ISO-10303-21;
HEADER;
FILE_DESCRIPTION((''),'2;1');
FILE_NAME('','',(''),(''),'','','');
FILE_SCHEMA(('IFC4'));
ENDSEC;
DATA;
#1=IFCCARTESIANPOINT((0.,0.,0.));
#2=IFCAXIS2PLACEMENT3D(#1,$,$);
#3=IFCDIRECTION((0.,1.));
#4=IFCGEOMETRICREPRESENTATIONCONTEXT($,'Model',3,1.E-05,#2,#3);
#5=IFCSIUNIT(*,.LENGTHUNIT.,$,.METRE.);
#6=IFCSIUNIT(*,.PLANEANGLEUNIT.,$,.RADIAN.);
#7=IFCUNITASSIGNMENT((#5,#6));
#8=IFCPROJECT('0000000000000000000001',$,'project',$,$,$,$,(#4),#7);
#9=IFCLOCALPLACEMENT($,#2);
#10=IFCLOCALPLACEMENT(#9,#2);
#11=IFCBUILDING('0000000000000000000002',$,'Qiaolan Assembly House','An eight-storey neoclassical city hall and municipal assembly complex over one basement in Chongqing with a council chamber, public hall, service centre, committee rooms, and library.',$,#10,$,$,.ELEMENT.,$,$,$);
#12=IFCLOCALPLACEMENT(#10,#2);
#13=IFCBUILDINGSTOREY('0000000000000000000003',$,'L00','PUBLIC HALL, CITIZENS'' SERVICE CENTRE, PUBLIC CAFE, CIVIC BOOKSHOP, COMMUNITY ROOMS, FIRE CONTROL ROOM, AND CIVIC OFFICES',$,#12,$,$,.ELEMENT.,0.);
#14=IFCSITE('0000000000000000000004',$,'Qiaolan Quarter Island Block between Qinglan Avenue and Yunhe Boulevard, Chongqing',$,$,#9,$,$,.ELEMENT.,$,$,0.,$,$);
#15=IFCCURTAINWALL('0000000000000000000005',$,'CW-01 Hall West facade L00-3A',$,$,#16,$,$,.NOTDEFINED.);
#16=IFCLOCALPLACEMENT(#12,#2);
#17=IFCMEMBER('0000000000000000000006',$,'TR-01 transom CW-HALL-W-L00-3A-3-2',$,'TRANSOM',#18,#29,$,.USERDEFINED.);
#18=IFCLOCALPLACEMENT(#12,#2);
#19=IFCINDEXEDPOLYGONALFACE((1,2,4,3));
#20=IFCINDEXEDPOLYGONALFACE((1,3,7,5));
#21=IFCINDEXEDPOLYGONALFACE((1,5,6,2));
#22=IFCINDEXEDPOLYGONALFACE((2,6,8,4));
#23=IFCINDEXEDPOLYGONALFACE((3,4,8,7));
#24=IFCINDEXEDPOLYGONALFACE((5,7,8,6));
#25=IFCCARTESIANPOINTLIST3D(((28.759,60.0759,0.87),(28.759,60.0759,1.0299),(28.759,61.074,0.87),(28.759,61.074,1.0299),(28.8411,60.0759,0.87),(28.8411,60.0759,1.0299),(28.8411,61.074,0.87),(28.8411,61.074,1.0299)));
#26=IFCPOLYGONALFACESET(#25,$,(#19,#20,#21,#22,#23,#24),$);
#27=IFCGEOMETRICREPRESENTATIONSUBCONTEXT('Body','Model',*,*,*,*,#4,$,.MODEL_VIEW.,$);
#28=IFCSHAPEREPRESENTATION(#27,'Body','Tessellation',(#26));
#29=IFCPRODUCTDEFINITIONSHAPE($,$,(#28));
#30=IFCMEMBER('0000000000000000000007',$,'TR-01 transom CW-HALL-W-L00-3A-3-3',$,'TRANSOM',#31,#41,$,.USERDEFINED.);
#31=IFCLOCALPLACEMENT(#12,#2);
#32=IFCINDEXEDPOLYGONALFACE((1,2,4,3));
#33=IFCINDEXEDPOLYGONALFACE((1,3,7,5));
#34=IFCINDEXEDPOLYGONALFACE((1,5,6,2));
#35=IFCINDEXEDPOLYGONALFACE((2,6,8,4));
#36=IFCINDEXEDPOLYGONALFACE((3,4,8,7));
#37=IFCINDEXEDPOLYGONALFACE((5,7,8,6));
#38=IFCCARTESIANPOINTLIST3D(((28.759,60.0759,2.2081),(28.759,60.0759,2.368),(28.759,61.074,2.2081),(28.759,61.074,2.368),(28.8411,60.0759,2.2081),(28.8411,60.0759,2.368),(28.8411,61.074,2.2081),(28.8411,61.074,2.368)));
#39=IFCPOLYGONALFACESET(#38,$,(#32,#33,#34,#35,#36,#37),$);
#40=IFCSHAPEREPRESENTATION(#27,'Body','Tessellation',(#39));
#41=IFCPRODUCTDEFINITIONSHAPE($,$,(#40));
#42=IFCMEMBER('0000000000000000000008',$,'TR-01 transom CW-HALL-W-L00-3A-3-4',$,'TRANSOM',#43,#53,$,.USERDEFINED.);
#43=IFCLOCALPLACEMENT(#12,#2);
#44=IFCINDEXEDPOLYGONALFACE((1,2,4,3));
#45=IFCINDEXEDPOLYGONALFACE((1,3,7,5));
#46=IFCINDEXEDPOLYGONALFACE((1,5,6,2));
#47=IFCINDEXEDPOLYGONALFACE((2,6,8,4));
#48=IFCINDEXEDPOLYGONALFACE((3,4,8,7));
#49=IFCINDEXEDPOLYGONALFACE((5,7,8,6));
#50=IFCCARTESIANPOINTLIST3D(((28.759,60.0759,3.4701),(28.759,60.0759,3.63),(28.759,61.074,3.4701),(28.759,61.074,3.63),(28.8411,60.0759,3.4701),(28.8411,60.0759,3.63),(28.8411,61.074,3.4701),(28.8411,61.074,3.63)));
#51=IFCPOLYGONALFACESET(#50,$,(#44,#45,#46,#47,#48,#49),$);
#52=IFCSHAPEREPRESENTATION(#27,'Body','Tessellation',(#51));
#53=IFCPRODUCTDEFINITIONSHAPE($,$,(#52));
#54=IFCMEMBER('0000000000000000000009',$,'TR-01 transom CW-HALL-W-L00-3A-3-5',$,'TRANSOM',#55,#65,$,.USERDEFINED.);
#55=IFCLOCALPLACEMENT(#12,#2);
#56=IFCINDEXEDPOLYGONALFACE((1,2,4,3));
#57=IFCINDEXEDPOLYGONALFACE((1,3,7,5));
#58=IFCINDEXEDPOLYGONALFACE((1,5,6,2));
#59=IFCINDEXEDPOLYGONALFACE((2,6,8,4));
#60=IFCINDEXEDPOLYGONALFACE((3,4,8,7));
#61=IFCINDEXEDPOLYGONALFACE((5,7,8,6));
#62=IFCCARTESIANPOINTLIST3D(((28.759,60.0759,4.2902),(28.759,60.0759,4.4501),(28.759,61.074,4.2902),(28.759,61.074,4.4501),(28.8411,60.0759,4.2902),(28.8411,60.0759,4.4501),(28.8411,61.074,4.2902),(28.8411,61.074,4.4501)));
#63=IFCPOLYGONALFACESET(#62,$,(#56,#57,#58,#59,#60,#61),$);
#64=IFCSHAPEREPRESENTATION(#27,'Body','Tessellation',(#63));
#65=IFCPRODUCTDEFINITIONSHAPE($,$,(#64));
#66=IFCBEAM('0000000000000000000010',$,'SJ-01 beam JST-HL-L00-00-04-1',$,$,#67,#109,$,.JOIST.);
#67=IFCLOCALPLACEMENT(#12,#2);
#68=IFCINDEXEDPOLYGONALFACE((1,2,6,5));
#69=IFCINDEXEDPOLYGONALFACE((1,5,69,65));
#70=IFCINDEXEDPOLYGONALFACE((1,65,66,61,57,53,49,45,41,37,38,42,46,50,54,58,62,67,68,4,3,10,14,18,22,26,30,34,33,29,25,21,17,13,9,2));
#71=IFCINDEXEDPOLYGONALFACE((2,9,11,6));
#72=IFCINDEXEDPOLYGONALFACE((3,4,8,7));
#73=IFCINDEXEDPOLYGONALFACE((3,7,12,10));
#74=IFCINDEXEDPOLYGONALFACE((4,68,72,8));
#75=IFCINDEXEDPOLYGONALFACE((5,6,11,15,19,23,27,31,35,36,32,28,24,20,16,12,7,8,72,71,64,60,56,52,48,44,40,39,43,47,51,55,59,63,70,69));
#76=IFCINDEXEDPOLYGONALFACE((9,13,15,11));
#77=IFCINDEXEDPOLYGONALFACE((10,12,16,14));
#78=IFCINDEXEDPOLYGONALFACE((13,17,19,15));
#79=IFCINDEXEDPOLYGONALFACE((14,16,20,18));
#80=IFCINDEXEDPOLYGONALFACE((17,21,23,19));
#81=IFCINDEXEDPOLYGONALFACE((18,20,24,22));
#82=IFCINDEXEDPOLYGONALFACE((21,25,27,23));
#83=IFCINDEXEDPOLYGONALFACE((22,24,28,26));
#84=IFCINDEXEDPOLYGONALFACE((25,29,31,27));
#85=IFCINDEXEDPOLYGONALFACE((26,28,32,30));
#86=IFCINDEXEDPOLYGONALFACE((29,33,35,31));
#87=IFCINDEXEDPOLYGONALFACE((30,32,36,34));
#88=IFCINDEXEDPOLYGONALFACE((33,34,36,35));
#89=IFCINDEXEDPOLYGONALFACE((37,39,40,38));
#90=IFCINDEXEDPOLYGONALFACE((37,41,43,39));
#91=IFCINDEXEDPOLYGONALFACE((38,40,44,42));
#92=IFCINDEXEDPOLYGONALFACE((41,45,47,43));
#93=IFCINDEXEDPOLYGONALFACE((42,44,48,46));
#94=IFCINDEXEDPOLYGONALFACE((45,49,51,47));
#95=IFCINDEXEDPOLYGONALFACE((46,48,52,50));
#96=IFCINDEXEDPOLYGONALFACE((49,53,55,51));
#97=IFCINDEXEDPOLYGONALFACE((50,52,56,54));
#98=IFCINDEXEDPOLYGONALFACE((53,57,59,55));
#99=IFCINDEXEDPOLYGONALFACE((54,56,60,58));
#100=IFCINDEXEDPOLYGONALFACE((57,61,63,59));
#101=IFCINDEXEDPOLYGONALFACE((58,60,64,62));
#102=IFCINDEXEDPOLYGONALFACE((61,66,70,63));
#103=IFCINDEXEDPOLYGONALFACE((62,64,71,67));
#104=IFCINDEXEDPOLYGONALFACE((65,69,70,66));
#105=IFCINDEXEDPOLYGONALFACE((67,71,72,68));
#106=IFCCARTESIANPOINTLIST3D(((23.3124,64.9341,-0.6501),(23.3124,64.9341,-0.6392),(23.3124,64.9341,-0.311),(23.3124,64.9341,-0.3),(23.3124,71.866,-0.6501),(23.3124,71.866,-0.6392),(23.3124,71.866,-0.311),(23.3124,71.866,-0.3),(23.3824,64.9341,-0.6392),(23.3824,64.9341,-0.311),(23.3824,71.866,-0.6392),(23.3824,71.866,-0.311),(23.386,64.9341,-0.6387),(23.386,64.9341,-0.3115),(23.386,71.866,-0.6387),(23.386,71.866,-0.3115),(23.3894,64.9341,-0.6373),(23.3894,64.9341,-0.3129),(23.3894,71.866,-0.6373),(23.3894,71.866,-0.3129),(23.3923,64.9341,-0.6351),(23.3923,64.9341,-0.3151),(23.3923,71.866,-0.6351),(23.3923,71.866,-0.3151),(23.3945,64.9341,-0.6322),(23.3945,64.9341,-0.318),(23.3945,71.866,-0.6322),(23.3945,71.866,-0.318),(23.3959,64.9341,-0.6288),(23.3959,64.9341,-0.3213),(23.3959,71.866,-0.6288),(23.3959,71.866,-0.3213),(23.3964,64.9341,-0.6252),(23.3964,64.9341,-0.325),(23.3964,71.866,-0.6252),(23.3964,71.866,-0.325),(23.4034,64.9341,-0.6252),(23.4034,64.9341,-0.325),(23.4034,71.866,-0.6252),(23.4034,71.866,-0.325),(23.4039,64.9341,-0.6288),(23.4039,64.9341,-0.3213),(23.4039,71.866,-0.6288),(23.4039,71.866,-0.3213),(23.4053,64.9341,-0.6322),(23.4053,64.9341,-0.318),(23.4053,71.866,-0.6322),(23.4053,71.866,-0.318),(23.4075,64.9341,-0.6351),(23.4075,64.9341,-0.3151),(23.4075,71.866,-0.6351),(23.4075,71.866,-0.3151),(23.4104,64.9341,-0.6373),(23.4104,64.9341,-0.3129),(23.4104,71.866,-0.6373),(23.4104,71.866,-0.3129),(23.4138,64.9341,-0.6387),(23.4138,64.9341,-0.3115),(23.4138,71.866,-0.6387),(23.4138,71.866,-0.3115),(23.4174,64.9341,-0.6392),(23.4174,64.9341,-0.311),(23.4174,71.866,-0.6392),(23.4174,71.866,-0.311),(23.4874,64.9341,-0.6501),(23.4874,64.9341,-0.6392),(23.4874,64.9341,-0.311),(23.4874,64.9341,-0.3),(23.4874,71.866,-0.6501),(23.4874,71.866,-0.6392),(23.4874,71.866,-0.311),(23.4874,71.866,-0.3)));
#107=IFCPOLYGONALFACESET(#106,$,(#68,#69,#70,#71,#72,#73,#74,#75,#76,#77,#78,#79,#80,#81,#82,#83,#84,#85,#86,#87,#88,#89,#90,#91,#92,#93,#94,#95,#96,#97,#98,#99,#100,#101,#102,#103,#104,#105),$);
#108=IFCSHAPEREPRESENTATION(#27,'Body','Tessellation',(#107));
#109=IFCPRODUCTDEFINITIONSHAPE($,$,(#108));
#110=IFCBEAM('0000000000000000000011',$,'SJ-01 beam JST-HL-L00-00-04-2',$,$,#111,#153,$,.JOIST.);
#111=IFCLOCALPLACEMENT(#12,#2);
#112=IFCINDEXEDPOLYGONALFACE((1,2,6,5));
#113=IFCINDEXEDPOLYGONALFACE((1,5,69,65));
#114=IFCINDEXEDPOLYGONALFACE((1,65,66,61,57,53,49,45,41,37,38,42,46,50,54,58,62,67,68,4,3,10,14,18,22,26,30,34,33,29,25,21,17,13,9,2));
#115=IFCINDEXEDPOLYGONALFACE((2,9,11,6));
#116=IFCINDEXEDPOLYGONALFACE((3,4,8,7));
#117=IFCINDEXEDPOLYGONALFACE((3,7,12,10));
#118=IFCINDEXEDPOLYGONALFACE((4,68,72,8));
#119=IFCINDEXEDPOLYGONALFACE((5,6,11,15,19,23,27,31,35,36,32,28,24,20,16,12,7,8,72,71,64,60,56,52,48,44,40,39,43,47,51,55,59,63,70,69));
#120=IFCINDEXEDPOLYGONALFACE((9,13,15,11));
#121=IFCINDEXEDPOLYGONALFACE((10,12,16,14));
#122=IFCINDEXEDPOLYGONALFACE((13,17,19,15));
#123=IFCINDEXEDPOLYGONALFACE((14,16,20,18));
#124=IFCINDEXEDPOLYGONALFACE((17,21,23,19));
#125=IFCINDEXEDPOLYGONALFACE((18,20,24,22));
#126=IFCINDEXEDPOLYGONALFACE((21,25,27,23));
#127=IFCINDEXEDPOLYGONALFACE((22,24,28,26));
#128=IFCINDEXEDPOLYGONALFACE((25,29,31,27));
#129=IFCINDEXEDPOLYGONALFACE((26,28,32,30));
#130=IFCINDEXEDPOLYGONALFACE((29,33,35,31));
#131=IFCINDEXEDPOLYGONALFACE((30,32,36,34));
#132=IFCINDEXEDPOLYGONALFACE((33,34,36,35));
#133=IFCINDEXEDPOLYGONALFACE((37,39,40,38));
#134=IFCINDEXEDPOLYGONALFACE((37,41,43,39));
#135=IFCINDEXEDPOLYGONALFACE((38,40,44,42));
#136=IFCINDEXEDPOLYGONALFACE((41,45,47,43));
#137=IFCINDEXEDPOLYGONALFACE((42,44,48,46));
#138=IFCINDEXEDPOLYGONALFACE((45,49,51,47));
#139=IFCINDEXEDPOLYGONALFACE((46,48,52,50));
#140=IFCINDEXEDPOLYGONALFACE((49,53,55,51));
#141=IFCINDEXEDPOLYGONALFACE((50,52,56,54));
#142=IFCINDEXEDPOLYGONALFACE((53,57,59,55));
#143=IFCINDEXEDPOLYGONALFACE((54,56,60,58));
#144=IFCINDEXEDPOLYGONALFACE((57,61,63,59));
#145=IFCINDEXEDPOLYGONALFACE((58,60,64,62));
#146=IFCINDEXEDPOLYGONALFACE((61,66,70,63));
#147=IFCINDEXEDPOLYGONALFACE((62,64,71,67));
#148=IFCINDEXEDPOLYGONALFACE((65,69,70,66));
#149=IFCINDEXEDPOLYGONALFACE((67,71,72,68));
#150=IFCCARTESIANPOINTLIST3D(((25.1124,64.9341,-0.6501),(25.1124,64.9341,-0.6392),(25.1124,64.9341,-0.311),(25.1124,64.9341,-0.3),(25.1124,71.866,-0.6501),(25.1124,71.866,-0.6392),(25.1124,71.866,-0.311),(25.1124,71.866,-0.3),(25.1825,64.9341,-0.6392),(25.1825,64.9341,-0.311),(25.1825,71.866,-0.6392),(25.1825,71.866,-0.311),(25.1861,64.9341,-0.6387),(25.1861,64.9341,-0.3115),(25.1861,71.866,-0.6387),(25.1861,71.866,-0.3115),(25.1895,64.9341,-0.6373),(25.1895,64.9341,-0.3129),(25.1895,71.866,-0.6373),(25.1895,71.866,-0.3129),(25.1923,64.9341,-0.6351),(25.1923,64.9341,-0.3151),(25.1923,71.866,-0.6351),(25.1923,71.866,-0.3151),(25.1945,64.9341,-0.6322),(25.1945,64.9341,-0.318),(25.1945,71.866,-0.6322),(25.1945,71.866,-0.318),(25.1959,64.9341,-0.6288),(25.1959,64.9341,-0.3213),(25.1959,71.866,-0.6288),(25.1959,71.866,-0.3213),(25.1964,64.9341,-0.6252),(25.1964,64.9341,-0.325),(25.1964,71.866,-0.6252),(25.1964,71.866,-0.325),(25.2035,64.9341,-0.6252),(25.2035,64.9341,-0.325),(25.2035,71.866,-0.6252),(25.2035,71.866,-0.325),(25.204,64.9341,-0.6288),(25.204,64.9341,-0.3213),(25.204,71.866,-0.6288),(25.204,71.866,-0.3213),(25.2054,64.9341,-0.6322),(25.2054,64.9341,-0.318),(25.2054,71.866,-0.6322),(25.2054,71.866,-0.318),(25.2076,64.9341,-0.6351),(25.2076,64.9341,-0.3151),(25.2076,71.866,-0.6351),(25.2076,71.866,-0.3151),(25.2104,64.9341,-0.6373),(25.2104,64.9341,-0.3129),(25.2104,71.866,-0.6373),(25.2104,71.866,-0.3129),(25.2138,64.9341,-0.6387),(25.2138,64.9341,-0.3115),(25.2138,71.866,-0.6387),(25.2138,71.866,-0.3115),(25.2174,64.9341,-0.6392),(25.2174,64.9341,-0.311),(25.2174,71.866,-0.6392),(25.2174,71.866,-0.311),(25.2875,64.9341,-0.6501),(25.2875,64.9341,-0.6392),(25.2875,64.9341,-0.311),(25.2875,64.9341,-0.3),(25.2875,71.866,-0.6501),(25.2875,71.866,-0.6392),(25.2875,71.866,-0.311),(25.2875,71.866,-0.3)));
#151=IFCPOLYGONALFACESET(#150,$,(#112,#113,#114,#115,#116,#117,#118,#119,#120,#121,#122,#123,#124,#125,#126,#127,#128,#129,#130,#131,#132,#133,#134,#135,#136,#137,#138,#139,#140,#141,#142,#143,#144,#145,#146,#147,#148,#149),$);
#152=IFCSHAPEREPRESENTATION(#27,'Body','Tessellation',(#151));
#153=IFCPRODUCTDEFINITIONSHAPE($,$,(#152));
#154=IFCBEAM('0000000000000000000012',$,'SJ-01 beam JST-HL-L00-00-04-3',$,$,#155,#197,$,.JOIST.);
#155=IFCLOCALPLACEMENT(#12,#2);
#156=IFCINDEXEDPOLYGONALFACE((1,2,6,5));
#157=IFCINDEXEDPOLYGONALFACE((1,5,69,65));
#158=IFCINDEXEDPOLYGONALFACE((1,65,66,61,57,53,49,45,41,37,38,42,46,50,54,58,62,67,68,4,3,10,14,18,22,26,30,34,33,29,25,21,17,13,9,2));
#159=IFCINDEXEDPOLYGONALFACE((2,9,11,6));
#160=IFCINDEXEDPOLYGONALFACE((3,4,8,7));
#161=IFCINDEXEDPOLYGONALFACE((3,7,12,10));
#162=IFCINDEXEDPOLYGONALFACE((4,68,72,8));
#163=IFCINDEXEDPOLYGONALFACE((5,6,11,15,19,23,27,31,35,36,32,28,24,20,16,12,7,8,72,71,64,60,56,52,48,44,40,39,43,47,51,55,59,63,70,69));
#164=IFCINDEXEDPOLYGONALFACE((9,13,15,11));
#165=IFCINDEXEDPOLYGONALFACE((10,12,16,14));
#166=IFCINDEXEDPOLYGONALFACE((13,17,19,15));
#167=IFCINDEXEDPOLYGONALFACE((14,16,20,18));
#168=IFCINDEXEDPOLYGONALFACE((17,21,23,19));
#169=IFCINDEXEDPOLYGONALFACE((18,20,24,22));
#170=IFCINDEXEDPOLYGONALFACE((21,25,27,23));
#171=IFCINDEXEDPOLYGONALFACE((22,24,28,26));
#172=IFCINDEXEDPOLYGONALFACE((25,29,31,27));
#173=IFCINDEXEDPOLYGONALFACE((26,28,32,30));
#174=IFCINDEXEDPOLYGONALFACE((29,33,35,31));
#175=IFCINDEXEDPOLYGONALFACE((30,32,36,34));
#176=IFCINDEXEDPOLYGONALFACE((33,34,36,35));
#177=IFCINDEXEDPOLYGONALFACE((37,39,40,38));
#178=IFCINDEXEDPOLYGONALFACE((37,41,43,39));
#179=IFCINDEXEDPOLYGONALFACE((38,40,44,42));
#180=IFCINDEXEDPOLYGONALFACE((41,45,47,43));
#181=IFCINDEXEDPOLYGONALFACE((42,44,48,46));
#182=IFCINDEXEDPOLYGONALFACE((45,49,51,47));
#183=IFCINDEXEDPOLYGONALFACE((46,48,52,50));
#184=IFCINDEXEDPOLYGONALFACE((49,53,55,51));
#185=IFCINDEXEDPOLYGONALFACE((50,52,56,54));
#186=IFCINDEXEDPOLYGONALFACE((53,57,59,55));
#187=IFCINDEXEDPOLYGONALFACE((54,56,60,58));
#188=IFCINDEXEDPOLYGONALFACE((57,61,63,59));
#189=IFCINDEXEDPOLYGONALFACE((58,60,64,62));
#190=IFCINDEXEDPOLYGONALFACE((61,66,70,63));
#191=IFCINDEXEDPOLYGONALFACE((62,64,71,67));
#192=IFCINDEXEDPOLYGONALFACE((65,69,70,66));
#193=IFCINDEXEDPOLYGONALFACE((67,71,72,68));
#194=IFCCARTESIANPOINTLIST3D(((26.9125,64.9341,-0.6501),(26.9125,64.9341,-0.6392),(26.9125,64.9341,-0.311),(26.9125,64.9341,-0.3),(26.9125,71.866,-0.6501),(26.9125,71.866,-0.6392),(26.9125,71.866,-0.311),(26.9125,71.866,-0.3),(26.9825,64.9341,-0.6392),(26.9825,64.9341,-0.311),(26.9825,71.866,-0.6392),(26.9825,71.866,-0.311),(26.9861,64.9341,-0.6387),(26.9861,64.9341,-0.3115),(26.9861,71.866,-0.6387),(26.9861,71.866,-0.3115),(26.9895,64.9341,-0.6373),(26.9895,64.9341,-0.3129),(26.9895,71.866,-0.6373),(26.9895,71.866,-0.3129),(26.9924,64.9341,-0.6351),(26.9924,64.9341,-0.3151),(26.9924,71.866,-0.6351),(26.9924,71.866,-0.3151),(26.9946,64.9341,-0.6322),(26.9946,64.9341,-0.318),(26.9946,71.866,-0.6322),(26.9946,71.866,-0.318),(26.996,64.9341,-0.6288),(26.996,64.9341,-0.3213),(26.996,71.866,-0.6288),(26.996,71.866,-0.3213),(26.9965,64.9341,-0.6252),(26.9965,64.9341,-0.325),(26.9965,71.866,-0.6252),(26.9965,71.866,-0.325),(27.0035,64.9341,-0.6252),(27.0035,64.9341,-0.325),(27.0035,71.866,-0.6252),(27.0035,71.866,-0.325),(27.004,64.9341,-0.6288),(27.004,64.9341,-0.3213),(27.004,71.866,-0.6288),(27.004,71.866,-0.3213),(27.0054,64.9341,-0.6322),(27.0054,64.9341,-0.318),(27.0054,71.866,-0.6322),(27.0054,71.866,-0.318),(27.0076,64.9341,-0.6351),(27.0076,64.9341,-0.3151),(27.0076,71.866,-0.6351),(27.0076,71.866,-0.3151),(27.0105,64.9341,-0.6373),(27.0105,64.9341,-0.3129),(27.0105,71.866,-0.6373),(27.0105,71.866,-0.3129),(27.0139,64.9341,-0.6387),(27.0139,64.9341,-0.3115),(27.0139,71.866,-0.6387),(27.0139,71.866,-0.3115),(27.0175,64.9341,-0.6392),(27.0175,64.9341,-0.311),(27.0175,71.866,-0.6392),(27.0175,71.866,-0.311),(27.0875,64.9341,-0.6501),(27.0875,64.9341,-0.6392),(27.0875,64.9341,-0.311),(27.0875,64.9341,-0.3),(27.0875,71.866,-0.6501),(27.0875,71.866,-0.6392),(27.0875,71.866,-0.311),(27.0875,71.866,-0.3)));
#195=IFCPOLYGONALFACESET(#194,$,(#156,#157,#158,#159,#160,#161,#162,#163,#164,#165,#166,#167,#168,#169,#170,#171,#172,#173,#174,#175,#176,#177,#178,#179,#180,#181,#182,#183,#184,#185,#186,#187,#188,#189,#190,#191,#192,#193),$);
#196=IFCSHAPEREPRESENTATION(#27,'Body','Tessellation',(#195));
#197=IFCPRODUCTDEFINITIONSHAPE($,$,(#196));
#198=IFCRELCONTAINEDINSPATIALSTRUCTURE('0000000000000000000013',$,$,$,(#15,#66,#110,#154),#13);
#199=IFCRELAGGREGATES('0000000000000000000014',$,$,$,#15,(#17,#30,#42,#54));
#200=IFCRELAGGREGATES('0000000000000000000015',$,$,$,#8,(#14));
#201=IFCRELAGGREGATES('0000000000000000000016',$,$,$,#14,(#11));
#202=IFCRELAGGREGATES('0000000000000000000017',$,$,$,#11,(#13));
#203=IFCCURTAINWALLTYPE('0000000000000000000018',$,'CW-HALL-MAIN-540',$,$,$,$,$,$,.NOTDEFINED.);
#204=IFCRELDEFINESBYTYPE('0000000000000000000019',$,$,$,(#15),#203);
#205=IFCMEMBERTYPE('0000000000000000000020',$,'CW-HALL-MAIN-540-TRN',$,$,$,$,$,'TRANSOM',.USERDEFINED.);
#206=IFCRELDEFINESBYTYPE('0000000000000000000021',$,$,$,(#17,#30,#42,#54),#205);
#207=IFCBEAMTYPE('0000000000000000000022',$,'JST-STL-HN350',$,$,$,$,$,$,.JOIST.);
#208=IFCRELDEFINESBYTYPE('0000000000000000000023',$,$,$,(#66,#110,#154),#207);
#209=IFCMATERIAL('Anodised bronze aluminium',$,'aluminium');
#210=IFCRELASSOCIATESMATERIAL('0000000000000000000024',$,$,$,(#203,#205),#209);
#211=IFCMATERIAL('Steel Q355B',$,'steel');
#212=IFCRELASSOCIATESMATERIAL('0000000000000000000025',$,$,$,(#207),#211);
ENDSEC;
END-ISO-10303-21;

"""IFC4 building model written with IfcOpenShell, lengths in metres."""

from ifc_helpers import new_model, si_unit, direction, frame, origin, origin_2d, place, context, subcontext, project, spatial, rectangle, i_section, extrude, material, material_profile, profile_set, type_object, element, aggregate, save


model = new_model("IFC4")

# Units and contexts
model_context = context("Model", 3, precision=1e-05, world=origin(), true_north=direction((0.0, 1.0)))
body_context = subcontext(model_context, "Body", "Model", "MODEL_VIEW")
ifc_project = project(units=[si_unit("LENGTHUNIT", "METRE"), si_unit("PLANEANGLEUNIT", "RADIAN")], contexts=[model_context])

# Site, building, storey
site_placement = place(None, origin())
site = spatial("IfcSite", under=ifc_project, at=site_placement, Name="Qiaolan Quarter Island Block between Qinglan Avenue and Yunhe Boulevard, Chongqing", CompositionType="ELEMENT", RefElevation=0.0)
building_placement = place(site_placement, origin())
building = spatial("IfcBuilding", under=site, at=building_placement, Name="Qiaolan Assembly House", Description="An eight-storey neoclassical city hall and municipal assembly complex over one basement in Chongqing with a council chamber, public hall, service centre, committee rooms, and library.", CompositionType="ELEMENT")
storey_placement = place(building_placement, origin())
storey = spatial("IfcBuildingStorey", under=building, at=storey_placement, Name="L00", Description="PUBLIC HALL, CITIZENS' SERVICE CENTRE, PUBLIC CAFE, CIVIC BOOKSHOP, COMMUNITY ROOMS, FIRE CONTROL ROOM, AND CIVIC OFFICES", CompositionType="ELEMENT", Elevation=0.0)

# Shared definitions
ifc_material_1 = material(Name="Steel Q355B", Category="steel")

# Curtain wall, members
ifc_material_2 = material(Name="Anodised bronze aluminium", Category="aluminium")
curtain_wall_type = type_object("IfcCurtainWallType", Name="CW-HALL-MAIN-540", PredefinedType="NOTDEFINED", material=ifc_material_2)
curtain_wall_placement = place(storey_placement, origin())
curtain_wall = element("IfcCurtainWall", 1, at=curtain_wall_placement, inside=storey, type_object=curtain_wall_type, Name="CW-01 Hall West facade L00-3A", PredefinedType="NOTDEFINED")
ifc_material_profile_1 = material_profile(ifc_material_2, rectangle(XDim=0.082, YDim=0.1599, at=origin_2d()), Name="TRN 82x160")
ifc_profile_set_1 = profile_set([ifc_material_profile_1], Name="Anodised bronze aluminium")
member_type_1 = type_object("IfcMemberType", Name="CW-HALL-MAIN-540-TRN", ElementType="TRANSOM", PredefinedType="USERDEFINED", material=ifc_profile_set_1)
member_1_placement = place(storey_placement, frame((28.8, 60.0759, 0.95), z_axis=(0.0, 1.0, 0.0), x_axis=(-1.0, 0.0, 0.0)))
member_1 = element("IfcMember", 2, at=member_1_placement, type_object=member_type_1, Name="TR-01 transom CW-HALL-W-L00-3A-3-2", ObjectType="TRANSOM", PredefinedType="USERDEFINED", context=body_context, shape_type="SweptSolid", body=[
    extrude(rectangle(XDim=0.082, YDim=0.1599, at=origin_2d()), origin(), (0.0, 0.0, 1.0), 0.998),
])
member_2_placement = place(storey_placement, frame((28.8, 60.0759, 2.2881), z_axis=(0.0, 1.0, 0.0), x_axis=(-1.0, 0.0, 0.0)))
member_2 = element("IfcMember", 3, at=member_2_placement, type_object=member_type_1, Name="TR-01 transom CW-HALL-W-L00-3A-3-3", ObjectType="TRANSOM", PredefinedType="USERDEFINED", context=body_context, shape_type="SweptSolid", body=[
    extrude(rectangle(XDim=0.082, YDim=0.1599, at=origin_2d()), origin(), (0.0, 0.0, 1.0), 0.998),
])
member_3_placement = place(storey_placement, frame((28.8, 60.0759, 3.55), z_axis=(0.0, 1.0, 0.0), x_axis=(-1.0, 0.0, 0.0)))
member_3 = element("IfcMember", 4, at=member_3_placement, type_object=member_type_1, Name="TR-01 transom CW-HALL-W-L00-3A-3-4", ObjectType="TRANSOM", PredefinedType="USERDEFINED", context=body_context, shape_type="SweptSolid", body=[
    extrude(rectangle(XDim=0.082, YDim=0.1599, at=origin_2d()), origin(), (0.0, 0.0, 1.0), 0.998),
])
member_4_placement = place(storey_placement, frame((28.8, 60.0759, 4.3701), z_axis=(0.0, 1.0, 0.0), x_axis=(-1.0, 0.0, 0.0)))
member_4 = element("IfcMember", 5, at=member_4_placement, type_object=member_type_1, Name="TR-01 transom CW-HALL-W-L00-3A-3-5", ObjectType="TRANSOM", PredefinedType="USERDEFINED", context=body_context, shape_type="SweptSolid", body=[
    extrude(rectangle(XDim=0.082, YDim=0.1599, at=origin_2d()), origin(), (0.0, 0.0, 1.0), 0.998),
])

# Beams
ifc_material_profile_2 = material_profile(ifc_material_1, i_section(OverallWidth=0.175, OverallDepth=0.3501, WebThickness=0.0071, FlangeThickness=0.011, FilletRadius=0.0139, at=origin_2d()), Name="HN 350x175x7x11")
ifc_profile_set_2 = profile_set([ifc_material_profile_2], Name="Steel Q355B")
beam_type_1 = type_object("IfcBeamType", Name="JST-STL-HN350", PredefinedType="JOIST", material=ifc_profile_set_2)
for number, where, z_axis, x_axis, name in (
    (6, (23.3999, 64.9341, -0.4751), (0.0, 1.0, 0.0), (-1.0, 0.0, 0.0), "SJ-01 beam JST-HL-L00-00-04-1"),
    (7, (25.2, 64.9341, -0.4751), (0.0, 1.0, 0.0), (-1.0, 0.0, 0.0), "SJ-01 beam JST-HL-L00-00-04-2"),
    (8, (27.0, 64.9341, -0.4751), (0.0, 1.0, 0.0), (-1.0, 0.0, 0.0), "SJ-01 beam JST-HL-L00-00-04-3"),
):
    element("IfcBeam", number, at=place(storey_placement, frame(where, z_axis=z_axis, x_axis=x_axis)), inside=storey, type_object=beam_type_1, Name=name, PredefinedType="JOIST", context=body_context, shape_type="SweptSolid", body=[
        extrude(i_section(OverallWidth=0.175, OverallDepth=0.3501, WebThickness=0.0071, FlangeThickness=0.011, FilletRadius=0.0139, at=origin_2d()), origin(), (0.0, 0.0, 1.0), 6.9319),
    ])

aggregate(curtain_wall, [member_1, member_2, member_3, member_4])

save(model, "model.ifc")
